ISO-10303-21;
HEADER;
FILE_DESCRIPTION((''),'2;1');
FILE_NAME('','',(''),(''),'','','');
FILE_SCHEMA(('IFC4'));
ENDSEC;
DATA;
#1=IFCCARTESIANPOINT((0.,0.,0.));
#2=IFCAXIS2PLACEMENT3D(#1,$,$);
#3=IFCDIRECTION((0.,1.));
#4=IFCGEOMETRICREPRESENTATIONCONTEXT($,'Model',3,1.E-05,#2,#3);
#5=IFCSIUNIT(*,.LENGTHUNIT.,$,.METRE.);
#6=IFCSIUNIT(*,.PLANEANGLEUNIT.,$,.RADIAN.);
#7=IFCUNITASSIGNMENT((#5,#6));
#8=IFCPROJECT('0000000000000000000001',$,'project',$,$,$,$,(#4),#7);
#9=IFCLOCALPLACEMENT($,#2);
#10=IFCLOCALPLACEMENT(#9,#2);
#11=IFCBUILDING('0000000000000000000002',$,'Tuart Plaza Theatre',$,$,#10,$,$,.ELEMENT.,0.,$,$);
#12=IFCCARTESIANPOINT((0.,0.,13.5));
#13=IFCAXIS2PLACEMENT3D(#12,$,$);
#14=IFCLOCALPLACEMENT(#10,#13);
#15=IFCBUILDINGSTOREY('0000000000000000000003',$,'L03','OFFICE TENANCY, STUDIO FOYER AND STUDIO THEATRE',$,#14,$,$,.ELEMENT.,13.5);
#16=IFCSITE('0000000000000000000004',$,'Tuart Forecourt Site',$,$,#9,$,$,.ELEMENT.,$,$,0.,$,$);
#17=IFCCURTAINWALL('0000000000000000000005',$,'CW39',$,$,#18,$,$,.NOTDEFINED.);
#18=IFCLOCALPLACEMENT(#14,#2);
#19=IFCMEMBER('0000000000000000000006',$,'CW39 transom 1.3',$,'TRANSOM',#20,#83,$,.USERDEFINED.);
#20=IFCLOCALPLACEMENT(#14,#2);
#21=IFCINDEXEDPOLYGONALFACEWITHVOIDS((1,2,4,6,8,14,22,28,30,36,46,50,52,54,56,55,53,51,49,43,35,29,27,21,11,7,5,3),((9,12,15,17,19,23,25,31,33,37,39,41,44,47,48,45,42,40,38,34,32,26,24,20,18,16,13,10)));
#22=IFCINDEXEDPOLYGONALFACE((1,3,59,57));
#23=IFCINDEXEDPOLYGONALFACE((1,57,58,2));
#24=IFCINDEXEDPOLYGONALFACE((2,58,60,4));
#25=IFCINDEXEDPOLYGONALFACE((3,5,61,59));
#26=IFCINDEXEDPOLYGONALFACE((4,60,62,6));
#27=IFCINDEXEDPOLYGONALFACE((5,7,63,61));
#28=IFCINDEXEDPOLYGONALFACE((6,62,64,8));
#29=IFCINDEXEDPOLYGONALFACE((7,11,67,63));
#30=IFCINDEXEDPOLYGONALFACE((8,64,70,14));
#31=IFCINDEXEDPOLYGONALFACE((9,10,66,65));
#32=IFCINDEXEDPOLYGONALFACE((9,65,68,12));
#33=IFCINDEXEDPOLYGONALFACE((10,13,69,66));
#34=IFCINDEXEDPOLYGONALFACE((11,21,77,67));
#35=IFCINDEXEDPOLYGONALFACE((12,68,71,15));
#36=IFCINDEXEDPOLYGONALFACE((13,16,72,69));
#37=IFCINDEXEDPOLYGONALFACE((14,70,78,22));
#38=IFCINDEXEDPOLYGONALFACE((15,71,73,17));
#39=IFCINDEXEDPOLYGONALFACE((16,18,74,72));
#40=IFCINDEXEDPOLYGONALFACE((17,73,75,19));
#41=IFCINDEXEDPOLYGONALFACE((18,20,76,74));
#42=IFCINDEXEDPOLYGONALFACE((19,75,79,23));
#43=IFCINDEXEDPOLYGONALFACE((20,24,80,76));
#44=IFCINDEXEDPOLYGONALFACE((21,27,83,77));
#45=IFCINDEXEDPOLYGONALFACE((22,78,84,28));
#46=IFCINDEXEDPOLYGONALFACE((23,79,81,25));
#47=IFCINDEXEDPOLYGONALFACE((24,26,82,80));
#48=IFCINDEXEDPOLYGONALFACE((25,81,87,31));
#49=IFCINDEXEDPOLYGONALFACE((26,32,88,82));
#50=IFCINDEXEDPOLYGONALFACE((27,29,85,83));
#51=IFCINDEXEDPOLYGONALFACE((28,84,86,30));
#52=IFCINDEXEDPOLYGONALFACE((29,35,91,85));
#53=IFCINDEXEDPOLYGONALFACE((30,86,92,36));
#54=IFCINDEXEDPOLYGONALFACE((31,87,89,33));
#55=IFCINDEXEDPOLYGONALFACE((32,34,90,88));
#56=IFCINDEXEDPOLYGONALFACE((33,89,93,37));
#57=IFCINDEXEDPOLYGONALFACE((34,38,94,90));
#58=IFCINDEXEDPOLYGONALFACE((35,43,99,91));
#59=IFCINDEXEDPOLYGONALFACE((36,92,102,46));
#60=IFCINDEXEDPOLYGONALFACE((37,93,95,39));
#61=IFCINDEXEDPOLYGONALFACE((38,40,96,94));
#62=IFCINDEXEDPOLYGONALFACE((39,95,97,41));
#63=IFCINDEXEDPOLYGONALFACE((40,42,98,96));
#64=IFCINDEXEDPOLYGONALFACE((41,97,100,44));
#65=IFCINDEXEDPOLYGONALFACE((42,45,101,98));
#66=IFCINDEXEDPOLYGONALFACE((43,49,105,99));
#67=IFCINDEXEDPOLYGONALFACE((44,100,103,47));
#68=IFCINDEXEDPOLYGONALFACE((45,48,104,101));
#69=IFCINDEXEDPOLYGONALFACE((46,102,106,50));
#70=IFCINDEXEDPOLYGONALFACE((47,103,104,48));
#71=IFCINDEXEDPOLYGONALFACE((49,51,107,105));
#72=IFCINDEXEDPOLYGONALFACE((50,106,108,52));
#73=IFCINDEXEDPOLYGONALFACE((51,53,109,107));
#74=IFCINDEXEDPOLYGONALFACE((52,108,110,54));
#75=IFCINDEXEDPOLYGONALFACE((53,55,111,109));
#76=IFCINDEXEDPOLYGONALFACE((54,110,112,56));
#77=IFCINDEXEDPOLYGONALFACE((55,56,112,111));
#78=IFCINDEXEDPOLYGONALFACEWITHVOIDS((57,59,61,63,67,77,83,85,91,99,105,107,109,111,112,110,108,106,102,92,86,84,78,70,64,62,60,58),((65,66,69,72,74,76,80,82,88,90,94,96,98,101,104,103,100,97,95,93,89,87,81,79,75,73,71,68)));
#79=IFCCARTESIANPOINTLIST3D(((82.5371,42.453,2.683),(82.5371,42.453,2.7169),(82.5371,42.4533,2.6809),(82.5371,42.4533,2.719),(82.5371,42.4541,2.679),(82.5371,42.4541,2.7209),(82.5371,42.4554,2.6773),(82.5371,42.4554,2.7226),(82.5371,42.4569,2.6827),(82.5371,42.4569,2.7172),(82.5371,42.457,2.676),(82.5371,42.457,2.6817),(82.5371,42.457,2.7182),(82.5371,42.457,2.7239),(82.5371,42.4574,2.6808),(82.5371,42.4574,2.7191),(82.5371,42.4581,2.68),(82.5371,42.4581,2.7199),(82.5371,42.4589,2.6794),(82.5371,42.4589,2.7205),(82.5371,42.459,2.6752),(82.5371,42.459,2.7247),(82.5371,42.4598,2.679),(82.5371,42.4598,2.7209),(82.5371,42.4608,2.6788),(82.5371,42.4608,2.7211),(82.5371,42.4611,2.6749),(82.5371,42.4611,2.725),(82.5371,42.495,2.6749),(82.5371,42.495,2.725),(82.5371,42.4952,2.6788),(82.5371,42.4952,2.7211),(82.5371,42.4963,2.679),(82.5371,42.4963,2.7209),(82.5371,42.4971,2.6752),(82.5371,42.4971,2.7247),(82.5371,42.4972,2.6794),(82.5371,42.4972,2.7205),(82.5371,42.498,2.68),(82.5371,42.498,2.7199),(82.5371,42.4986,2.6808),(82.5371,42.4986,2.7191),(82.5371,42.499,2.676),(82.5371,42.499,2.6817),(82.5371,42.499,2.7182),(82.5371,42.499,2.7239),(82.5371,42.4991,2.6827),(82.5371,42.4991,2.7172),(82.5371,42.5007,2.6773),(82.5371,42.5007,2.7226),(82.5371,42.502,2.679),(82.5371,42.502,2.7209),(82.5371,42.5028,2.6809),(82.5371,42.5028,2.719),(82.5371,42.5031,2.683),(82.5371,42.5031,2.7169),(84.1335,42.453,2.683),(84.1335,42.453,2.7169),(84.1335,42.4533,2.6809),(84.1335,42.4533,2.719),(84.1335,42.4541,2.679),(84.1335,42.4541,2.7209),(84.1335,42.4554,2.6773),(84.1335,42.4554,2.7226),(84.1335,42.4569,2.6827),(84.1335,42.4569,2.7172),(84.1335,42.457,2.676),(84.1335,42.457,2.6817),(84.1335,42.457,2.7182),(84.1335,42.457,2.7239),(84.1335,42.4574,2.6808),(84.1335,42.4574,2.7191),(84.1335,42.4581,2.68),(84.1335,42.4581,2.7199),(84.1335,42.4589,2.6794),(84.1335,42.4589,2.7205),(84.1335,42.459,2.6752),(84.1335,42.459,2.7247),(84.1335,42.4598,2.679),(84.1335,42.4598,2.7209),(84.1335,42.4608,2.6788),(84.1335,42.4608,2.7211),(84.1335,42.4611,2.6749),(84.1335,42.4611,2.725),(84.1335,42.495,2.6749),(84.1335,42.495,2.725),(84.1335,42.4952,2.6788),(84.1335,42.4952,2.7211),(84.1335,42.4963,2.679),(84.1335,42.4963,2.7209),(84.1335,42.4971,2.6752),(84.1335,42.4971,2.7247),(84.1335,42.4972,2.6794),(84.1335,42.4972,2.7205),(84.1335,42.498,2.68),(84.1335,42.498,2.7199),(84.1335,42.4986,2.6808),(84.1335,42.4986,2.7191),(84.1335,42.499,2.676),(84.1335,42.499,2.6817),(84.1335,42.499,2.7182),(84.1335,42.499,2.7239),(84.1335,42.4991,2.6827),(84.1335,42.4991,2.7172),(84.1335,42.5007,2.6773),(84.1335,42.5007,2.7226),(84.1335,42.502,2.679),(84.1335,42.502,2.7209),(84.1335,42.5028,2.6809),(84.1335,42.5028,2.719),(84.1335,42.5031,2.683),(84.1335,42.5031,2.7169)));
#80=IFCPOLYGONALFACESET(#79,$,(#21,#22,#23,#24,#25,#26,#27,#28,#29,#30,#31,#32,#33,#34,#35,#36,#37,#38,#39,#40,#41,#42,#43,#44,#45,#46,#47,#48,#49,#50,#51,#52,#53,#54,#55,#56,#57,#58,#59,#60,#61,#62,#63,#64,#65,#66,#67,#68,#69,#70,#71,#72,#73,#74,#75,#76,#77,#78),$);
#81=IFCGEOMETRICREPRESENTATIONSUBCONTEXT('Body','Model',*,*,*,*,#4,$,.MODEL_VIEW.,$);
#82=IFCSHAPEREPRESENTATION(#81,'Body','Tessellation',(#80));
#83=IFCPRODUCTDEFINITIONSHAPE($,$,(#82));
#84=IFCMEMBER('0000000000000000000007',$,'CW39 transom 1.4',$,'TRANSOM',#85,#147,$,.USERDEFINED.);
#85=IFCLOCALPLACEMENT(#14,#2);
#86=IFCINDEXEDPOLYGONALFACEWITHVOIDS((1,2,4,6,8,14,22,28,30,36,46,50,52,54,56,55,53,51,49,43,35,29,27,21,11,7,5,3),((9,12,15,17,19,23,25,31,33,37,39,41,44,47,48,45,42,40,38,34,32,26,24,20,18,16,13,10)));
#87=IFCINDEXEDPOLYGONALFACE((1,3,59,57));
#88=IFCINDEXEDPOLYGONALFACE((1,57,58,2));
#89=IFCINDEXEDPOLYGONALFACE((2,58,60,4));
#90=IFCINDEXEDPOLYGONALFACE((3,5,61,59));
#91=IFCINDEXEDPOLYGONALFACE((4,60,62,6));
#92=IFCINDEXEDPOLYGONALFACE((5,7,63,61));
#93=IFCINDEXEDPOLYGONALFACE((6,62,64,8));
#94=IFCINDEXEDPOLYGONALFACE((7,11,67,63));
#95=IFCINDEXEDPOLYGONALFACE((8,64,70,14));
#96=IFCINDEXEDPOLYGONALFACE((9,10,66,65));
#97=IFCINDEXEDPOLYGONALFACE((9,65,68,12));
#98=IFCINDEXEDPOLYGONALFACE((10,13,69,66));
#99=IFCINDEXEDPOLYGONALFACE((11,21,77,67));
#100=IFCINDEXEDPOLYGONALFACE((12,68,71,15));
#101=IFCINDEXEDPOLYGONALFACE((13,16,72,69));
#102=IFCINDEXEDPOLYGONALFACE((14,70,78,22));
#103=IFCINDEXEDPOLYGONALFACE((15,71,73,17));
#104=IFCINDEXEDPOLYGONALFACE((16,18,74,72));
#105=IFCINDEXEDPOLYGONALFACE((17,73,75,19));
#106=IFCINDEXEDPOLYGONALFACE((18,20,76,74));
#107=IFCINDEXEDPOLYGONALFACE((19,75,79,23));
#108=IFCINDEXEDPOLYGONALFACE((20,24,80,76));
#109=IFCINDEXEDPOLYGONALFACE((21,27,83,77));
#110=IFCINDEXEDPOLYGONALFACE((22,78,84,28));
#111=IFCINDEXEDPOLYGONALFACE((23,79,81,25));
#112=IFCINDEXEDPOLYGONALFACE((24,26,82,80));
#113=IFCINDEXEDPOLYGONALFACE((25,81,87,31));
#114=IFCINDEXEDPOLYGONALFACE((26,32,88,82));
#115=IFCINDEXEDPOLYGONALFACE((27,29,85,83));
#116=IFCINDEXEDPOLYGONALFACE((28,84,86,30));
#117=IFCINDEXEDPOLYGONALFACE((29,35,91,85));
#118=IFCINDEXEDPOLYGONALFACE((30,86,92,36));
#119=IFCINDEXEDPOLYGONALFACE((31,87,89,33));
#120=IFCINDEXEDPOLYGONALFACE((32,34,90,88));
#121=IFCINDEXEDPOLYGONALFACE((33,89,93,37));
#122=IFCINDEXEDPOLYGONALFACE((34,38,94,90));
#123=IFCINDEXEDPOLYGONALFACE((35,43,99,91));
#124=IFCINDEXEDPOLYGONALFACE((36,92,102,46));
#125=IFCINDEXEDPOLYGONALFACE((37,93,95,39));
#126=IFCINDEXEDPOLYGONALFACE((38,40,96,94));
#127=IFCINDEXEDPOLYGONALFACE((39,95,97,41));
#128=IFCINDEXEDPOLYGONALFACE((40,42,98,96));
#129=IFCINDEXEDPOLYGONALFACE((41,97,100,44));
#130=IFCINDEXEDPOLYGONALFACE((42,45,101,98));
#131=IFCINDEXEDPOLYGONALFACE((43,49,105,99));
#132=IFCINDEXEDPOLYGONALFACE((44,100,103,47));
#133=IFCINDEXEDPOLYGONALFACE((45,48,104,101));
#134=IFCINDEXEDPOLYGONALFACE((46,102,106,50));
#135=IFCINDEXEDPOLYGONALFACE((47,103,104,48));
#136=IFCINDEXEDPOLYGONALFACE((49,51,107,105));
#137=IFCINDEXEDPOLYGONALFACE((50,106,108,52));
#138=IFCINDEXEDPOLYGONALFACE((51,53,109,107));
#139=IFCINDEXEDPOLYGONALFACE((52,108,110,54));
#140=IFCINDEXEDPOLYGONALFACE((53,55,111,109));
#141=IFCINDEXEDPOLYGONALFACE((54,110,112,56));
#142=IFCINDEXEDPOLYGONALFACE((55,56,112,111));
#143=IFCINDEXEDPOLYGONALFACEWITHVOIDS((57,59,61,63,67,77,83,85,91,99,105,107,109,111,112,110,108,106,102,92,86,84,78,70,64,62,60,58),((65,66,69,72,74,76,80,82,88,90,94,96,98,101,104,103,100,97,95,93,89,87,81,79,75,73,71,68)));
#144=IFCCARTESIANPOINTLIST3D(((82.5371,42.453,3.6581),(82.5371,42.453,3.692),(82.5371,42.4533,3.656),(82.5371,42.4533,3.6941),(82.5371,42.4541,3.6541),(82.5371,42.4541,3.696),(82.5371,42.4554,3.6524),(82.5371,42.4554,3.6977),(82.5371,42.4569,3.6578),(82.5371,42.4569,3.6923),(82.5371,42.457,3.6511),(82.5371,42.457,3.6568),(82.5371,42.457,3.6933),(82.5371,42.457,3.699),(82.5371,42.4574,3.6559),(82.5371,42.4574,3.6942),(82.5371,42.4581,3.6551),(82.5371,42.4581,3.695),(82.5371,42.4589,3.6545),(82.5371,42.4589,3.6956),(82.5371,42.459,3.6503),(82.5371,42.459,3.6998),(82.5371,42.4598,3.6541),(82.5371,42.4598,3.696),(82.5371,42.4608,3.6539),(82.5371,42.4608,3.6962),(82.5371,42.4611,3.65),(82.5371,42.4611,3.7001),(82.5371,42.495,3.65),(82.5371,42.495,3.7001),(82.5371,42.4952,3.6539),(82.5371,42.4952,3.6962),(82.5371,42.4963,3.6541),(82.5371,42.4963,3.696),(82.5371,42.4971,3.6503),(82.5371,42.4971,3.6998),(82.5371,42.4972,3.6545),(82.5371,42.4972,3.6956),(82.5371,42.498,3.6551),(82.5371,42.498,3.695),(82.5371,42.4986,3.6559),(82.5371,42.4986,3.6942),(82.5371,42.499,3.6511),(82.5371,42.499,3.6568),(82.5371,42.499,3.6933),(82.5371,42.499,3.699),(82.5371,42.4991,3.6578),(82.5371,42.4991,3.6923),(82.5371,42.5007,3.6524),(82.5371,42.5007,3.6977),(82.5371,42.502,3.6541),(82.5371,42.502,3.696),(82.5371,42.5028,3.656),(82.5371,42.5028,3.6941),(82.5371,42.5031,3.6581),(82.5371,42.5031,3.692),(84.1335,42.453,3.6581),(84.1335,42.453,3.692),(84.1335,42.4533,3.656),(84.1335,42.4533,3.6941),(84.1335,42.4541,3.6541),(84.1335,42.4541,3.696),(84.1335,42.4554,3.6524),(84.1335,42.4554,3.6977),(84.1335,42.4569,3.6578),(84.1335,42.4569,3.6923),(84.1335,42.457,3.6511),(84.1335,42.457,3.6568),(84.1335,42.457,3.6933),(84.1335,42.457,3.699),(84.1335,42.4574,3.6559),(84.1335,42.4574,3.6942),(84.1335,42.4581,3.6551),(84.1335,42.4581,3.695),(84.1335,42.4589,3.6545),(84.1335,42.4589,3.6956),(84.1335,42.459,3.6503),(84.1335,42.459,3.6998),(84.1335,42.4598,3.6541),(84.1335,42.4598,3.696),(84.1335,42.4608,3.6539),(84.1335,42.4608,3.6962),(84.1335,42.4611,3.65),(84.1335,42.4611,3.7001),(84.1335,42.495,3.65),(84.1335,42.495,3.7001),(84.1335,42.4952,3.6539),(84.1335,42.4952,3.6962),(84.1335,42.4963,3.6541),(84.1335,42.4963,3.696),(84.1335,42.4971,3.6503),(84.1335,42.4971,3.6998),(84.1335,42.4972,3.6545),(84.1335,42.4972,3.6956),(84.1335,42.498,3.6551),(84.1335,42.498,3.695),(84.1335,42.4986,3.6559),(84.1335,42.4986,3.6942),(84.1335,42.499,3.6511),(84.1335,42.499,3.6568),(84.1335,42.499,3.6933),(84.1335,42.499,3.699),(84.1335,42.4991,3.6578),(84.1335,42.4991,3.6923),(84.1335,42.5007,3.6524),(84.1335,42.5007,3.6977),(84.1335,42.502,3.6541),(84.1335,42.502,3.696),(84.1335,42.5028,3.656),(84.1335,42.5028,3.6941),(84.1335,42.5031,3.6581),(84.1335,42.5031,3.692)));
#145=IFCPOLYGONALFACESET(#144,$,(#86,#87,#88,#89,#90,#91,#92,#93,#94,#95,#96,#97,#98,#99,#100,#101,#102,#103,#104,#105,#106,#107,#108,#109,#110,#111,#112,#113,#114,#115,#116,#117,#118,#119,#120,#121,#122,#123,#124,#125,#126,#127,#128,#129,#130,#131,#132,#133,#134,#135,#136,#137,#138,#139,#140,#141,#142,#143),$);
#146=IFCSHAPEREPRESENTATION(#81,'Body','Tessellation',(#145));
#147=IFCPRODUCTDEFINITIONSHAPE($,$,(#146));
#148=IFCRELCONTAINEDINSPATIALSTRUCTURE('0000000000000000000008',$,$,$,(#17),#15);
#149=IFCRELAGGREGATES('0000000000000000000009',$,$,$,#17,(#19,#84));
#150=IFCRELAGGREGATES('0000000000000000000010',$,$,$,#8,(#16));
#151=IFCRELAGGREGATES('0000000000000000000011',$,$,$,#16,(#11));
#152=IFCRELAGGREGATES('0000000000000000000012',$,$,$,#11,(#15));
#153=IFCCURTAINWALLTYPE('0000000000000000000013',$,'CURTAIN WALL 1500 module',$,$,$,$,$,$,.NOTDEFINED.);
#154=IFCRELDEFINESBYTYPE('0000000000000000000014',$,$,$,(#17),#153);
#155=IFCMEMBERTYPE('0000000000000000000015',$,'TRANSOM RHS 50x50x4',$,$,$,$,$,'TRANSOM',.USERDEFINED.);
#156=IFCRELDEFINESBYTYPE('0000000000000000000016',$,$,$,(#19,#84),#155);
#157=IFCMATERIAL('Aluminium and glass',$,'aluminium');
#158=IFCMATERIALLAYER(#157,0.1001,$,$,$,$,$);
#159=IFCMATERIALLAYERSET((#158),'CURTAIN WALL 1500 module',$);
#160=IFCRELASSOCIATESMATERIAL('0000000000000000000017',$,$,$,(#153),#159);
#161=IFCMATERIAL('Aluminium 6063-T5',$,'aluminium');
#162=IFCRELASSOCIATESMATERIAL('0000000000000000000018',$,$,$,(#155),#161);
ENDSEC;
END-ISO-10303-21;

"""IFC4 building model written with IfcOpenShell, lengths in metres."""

from ifc_helpers import new_model, si_unit, direction, frame, origin, origin_2d, place, context, subcontext, project, spatial, hollow_rectangle, extrude, material, layer, layer_set, material_profile, profile_set, type_object, element, aggregate, save


model = new_model("IFC4")

# Units and contexts
model_context = context("Model", 3, precision=1e-05, world=origin(), true_north=direction((0.0, 1.0)))
body_context = subcontext(model_context, "Body", "Model", "MODEL_VIEW")
ifc_project = project(units=[si_unit("LENGTHUNIT", "METRE"), si_unit("PLANEANGLEUNIT", "RADIAN")], contexts=[model_context])

# Site, building, storey
site_placement = place(None, origin())
site = spatial("IfcSite", under=ifc_project, at=site_placement, Name="Tuart Forecourt Site", CompositionType="ELEMENT", RefElevation=0.0)
building_placement = place(site_placement, origin())
building = spatial("IfcBuilding", under=site, at=building_placement, Name="Tuart Plaza Theatre", CompositionType="ELEMENT", ElevationOfRefHeight=0.0)
storey_placement = place(building_placement, frame((0.0, 0.0, 13.5)))
storey = spatial("IfcBuildingStorey", under=building, at=storey_placement, Name="L03", Description="OFFICE TENANCY, STUDIO FOYER AND STUDIO THEATRE", CompositionType="ELEMENT", Elevation=13.5)

# Curtain wall, members
ifc_material_1 = material(Name="Aluminium and glass", Category="aluminium")
ifc_layer_1 = layer(ifc_material_1, 0.1001)
ifc_layer_set_1 = layer_set([ifc_layer_1], Name="CURTAIN WALL 1500 module")
curtain_wall_type = type_object("IfcCurtainWallType", Name="CURTAIN WALL 1500 module", PredefinedType="NOTDEFINED", material=ifc_layer_set_1)
curtain_wall_placement = place(storey_placement, origin())
curtain_wall = element("IfcCurtainWall", 1, at=curtain_wall_placement, inside=storey, type_object=curtain_wall_type, Name="CW39", PredefinedType="NOTDEFINED")
ifc_material_2 = material(Name="Aluminium 6063-T5", Category="aluminium")
ifc_material_profile_1 = material_profile(ifc_material_2, hollow_rectangle(XDim=0.05, YDim=0.05, WallThickness=0.0039, InnerFilletRadius=0.0039, OuterFilletRadius=0.0081, at=origin_2d()), Name="RHS 50x50x4")
ifc_profile_set_1 = profile_set([ifc_material_profile_1], Name="Aluminium 6063-T5")
member_type_1 = type_object("IfcMemberType", Name="TRANSOM RHS 50x50x4", ElementType="TRANSOM", PredefinedType="USERDEFINED", material=ifc_profile_set_1)
member_1_placement = place(storey_placement, frame((82.5371, 42.478, 2.7), z_axis=(1.0, 0.0, 0.0), x_axis=(0.0, 1.0, 0.0)))
member_1 = element("IfcMember", 2, at=member_1_placement, type_object=member_type_1, Name="CW39 transom 1.3", ObjectType="TRANSOM", PredefinedType="USERDEFINED", context=body_context, shape_type="SweptSolid", body=[
    extrude(hollow_rectangle(XDim=0.05, YDim=0.05, WallThickness=0.0039, InnerFilletRadius=0.0039, OuterFilletRadius=0.0081, at=origin_2d()), origin(), (0.0, 0.0, 1.0), 1.5964),
])
member_2_placement = place(storey_placement, frame((82.5371, 42.478, 3.675), z_axis=(1.0, 0.0, 0.0), x_axis=(0.0, 1.0, 0.0)))
member_2 = element("IfcMember", 3, at=member_2_placement, type_object=member_type_1, Name="CW39 transom 1.4", ObjectType="TRANSOM", PredefinedType="USERDEFINED", context=body_context, shape_type="SweptSolid", body=[
    extrude(hollow_rectangle(XDim=0.05, YDim=0.05, WallThickness=0.0039, InnerFilletRadius=0.0039, OuterFilletRadius=0.0081, at=origin_2d()), origin(), (0.0, 0.0, 1.0), 1.5964),
])
aggregate(curtain_wall, [member_1, member_2])

save(model, "model.ifc")
